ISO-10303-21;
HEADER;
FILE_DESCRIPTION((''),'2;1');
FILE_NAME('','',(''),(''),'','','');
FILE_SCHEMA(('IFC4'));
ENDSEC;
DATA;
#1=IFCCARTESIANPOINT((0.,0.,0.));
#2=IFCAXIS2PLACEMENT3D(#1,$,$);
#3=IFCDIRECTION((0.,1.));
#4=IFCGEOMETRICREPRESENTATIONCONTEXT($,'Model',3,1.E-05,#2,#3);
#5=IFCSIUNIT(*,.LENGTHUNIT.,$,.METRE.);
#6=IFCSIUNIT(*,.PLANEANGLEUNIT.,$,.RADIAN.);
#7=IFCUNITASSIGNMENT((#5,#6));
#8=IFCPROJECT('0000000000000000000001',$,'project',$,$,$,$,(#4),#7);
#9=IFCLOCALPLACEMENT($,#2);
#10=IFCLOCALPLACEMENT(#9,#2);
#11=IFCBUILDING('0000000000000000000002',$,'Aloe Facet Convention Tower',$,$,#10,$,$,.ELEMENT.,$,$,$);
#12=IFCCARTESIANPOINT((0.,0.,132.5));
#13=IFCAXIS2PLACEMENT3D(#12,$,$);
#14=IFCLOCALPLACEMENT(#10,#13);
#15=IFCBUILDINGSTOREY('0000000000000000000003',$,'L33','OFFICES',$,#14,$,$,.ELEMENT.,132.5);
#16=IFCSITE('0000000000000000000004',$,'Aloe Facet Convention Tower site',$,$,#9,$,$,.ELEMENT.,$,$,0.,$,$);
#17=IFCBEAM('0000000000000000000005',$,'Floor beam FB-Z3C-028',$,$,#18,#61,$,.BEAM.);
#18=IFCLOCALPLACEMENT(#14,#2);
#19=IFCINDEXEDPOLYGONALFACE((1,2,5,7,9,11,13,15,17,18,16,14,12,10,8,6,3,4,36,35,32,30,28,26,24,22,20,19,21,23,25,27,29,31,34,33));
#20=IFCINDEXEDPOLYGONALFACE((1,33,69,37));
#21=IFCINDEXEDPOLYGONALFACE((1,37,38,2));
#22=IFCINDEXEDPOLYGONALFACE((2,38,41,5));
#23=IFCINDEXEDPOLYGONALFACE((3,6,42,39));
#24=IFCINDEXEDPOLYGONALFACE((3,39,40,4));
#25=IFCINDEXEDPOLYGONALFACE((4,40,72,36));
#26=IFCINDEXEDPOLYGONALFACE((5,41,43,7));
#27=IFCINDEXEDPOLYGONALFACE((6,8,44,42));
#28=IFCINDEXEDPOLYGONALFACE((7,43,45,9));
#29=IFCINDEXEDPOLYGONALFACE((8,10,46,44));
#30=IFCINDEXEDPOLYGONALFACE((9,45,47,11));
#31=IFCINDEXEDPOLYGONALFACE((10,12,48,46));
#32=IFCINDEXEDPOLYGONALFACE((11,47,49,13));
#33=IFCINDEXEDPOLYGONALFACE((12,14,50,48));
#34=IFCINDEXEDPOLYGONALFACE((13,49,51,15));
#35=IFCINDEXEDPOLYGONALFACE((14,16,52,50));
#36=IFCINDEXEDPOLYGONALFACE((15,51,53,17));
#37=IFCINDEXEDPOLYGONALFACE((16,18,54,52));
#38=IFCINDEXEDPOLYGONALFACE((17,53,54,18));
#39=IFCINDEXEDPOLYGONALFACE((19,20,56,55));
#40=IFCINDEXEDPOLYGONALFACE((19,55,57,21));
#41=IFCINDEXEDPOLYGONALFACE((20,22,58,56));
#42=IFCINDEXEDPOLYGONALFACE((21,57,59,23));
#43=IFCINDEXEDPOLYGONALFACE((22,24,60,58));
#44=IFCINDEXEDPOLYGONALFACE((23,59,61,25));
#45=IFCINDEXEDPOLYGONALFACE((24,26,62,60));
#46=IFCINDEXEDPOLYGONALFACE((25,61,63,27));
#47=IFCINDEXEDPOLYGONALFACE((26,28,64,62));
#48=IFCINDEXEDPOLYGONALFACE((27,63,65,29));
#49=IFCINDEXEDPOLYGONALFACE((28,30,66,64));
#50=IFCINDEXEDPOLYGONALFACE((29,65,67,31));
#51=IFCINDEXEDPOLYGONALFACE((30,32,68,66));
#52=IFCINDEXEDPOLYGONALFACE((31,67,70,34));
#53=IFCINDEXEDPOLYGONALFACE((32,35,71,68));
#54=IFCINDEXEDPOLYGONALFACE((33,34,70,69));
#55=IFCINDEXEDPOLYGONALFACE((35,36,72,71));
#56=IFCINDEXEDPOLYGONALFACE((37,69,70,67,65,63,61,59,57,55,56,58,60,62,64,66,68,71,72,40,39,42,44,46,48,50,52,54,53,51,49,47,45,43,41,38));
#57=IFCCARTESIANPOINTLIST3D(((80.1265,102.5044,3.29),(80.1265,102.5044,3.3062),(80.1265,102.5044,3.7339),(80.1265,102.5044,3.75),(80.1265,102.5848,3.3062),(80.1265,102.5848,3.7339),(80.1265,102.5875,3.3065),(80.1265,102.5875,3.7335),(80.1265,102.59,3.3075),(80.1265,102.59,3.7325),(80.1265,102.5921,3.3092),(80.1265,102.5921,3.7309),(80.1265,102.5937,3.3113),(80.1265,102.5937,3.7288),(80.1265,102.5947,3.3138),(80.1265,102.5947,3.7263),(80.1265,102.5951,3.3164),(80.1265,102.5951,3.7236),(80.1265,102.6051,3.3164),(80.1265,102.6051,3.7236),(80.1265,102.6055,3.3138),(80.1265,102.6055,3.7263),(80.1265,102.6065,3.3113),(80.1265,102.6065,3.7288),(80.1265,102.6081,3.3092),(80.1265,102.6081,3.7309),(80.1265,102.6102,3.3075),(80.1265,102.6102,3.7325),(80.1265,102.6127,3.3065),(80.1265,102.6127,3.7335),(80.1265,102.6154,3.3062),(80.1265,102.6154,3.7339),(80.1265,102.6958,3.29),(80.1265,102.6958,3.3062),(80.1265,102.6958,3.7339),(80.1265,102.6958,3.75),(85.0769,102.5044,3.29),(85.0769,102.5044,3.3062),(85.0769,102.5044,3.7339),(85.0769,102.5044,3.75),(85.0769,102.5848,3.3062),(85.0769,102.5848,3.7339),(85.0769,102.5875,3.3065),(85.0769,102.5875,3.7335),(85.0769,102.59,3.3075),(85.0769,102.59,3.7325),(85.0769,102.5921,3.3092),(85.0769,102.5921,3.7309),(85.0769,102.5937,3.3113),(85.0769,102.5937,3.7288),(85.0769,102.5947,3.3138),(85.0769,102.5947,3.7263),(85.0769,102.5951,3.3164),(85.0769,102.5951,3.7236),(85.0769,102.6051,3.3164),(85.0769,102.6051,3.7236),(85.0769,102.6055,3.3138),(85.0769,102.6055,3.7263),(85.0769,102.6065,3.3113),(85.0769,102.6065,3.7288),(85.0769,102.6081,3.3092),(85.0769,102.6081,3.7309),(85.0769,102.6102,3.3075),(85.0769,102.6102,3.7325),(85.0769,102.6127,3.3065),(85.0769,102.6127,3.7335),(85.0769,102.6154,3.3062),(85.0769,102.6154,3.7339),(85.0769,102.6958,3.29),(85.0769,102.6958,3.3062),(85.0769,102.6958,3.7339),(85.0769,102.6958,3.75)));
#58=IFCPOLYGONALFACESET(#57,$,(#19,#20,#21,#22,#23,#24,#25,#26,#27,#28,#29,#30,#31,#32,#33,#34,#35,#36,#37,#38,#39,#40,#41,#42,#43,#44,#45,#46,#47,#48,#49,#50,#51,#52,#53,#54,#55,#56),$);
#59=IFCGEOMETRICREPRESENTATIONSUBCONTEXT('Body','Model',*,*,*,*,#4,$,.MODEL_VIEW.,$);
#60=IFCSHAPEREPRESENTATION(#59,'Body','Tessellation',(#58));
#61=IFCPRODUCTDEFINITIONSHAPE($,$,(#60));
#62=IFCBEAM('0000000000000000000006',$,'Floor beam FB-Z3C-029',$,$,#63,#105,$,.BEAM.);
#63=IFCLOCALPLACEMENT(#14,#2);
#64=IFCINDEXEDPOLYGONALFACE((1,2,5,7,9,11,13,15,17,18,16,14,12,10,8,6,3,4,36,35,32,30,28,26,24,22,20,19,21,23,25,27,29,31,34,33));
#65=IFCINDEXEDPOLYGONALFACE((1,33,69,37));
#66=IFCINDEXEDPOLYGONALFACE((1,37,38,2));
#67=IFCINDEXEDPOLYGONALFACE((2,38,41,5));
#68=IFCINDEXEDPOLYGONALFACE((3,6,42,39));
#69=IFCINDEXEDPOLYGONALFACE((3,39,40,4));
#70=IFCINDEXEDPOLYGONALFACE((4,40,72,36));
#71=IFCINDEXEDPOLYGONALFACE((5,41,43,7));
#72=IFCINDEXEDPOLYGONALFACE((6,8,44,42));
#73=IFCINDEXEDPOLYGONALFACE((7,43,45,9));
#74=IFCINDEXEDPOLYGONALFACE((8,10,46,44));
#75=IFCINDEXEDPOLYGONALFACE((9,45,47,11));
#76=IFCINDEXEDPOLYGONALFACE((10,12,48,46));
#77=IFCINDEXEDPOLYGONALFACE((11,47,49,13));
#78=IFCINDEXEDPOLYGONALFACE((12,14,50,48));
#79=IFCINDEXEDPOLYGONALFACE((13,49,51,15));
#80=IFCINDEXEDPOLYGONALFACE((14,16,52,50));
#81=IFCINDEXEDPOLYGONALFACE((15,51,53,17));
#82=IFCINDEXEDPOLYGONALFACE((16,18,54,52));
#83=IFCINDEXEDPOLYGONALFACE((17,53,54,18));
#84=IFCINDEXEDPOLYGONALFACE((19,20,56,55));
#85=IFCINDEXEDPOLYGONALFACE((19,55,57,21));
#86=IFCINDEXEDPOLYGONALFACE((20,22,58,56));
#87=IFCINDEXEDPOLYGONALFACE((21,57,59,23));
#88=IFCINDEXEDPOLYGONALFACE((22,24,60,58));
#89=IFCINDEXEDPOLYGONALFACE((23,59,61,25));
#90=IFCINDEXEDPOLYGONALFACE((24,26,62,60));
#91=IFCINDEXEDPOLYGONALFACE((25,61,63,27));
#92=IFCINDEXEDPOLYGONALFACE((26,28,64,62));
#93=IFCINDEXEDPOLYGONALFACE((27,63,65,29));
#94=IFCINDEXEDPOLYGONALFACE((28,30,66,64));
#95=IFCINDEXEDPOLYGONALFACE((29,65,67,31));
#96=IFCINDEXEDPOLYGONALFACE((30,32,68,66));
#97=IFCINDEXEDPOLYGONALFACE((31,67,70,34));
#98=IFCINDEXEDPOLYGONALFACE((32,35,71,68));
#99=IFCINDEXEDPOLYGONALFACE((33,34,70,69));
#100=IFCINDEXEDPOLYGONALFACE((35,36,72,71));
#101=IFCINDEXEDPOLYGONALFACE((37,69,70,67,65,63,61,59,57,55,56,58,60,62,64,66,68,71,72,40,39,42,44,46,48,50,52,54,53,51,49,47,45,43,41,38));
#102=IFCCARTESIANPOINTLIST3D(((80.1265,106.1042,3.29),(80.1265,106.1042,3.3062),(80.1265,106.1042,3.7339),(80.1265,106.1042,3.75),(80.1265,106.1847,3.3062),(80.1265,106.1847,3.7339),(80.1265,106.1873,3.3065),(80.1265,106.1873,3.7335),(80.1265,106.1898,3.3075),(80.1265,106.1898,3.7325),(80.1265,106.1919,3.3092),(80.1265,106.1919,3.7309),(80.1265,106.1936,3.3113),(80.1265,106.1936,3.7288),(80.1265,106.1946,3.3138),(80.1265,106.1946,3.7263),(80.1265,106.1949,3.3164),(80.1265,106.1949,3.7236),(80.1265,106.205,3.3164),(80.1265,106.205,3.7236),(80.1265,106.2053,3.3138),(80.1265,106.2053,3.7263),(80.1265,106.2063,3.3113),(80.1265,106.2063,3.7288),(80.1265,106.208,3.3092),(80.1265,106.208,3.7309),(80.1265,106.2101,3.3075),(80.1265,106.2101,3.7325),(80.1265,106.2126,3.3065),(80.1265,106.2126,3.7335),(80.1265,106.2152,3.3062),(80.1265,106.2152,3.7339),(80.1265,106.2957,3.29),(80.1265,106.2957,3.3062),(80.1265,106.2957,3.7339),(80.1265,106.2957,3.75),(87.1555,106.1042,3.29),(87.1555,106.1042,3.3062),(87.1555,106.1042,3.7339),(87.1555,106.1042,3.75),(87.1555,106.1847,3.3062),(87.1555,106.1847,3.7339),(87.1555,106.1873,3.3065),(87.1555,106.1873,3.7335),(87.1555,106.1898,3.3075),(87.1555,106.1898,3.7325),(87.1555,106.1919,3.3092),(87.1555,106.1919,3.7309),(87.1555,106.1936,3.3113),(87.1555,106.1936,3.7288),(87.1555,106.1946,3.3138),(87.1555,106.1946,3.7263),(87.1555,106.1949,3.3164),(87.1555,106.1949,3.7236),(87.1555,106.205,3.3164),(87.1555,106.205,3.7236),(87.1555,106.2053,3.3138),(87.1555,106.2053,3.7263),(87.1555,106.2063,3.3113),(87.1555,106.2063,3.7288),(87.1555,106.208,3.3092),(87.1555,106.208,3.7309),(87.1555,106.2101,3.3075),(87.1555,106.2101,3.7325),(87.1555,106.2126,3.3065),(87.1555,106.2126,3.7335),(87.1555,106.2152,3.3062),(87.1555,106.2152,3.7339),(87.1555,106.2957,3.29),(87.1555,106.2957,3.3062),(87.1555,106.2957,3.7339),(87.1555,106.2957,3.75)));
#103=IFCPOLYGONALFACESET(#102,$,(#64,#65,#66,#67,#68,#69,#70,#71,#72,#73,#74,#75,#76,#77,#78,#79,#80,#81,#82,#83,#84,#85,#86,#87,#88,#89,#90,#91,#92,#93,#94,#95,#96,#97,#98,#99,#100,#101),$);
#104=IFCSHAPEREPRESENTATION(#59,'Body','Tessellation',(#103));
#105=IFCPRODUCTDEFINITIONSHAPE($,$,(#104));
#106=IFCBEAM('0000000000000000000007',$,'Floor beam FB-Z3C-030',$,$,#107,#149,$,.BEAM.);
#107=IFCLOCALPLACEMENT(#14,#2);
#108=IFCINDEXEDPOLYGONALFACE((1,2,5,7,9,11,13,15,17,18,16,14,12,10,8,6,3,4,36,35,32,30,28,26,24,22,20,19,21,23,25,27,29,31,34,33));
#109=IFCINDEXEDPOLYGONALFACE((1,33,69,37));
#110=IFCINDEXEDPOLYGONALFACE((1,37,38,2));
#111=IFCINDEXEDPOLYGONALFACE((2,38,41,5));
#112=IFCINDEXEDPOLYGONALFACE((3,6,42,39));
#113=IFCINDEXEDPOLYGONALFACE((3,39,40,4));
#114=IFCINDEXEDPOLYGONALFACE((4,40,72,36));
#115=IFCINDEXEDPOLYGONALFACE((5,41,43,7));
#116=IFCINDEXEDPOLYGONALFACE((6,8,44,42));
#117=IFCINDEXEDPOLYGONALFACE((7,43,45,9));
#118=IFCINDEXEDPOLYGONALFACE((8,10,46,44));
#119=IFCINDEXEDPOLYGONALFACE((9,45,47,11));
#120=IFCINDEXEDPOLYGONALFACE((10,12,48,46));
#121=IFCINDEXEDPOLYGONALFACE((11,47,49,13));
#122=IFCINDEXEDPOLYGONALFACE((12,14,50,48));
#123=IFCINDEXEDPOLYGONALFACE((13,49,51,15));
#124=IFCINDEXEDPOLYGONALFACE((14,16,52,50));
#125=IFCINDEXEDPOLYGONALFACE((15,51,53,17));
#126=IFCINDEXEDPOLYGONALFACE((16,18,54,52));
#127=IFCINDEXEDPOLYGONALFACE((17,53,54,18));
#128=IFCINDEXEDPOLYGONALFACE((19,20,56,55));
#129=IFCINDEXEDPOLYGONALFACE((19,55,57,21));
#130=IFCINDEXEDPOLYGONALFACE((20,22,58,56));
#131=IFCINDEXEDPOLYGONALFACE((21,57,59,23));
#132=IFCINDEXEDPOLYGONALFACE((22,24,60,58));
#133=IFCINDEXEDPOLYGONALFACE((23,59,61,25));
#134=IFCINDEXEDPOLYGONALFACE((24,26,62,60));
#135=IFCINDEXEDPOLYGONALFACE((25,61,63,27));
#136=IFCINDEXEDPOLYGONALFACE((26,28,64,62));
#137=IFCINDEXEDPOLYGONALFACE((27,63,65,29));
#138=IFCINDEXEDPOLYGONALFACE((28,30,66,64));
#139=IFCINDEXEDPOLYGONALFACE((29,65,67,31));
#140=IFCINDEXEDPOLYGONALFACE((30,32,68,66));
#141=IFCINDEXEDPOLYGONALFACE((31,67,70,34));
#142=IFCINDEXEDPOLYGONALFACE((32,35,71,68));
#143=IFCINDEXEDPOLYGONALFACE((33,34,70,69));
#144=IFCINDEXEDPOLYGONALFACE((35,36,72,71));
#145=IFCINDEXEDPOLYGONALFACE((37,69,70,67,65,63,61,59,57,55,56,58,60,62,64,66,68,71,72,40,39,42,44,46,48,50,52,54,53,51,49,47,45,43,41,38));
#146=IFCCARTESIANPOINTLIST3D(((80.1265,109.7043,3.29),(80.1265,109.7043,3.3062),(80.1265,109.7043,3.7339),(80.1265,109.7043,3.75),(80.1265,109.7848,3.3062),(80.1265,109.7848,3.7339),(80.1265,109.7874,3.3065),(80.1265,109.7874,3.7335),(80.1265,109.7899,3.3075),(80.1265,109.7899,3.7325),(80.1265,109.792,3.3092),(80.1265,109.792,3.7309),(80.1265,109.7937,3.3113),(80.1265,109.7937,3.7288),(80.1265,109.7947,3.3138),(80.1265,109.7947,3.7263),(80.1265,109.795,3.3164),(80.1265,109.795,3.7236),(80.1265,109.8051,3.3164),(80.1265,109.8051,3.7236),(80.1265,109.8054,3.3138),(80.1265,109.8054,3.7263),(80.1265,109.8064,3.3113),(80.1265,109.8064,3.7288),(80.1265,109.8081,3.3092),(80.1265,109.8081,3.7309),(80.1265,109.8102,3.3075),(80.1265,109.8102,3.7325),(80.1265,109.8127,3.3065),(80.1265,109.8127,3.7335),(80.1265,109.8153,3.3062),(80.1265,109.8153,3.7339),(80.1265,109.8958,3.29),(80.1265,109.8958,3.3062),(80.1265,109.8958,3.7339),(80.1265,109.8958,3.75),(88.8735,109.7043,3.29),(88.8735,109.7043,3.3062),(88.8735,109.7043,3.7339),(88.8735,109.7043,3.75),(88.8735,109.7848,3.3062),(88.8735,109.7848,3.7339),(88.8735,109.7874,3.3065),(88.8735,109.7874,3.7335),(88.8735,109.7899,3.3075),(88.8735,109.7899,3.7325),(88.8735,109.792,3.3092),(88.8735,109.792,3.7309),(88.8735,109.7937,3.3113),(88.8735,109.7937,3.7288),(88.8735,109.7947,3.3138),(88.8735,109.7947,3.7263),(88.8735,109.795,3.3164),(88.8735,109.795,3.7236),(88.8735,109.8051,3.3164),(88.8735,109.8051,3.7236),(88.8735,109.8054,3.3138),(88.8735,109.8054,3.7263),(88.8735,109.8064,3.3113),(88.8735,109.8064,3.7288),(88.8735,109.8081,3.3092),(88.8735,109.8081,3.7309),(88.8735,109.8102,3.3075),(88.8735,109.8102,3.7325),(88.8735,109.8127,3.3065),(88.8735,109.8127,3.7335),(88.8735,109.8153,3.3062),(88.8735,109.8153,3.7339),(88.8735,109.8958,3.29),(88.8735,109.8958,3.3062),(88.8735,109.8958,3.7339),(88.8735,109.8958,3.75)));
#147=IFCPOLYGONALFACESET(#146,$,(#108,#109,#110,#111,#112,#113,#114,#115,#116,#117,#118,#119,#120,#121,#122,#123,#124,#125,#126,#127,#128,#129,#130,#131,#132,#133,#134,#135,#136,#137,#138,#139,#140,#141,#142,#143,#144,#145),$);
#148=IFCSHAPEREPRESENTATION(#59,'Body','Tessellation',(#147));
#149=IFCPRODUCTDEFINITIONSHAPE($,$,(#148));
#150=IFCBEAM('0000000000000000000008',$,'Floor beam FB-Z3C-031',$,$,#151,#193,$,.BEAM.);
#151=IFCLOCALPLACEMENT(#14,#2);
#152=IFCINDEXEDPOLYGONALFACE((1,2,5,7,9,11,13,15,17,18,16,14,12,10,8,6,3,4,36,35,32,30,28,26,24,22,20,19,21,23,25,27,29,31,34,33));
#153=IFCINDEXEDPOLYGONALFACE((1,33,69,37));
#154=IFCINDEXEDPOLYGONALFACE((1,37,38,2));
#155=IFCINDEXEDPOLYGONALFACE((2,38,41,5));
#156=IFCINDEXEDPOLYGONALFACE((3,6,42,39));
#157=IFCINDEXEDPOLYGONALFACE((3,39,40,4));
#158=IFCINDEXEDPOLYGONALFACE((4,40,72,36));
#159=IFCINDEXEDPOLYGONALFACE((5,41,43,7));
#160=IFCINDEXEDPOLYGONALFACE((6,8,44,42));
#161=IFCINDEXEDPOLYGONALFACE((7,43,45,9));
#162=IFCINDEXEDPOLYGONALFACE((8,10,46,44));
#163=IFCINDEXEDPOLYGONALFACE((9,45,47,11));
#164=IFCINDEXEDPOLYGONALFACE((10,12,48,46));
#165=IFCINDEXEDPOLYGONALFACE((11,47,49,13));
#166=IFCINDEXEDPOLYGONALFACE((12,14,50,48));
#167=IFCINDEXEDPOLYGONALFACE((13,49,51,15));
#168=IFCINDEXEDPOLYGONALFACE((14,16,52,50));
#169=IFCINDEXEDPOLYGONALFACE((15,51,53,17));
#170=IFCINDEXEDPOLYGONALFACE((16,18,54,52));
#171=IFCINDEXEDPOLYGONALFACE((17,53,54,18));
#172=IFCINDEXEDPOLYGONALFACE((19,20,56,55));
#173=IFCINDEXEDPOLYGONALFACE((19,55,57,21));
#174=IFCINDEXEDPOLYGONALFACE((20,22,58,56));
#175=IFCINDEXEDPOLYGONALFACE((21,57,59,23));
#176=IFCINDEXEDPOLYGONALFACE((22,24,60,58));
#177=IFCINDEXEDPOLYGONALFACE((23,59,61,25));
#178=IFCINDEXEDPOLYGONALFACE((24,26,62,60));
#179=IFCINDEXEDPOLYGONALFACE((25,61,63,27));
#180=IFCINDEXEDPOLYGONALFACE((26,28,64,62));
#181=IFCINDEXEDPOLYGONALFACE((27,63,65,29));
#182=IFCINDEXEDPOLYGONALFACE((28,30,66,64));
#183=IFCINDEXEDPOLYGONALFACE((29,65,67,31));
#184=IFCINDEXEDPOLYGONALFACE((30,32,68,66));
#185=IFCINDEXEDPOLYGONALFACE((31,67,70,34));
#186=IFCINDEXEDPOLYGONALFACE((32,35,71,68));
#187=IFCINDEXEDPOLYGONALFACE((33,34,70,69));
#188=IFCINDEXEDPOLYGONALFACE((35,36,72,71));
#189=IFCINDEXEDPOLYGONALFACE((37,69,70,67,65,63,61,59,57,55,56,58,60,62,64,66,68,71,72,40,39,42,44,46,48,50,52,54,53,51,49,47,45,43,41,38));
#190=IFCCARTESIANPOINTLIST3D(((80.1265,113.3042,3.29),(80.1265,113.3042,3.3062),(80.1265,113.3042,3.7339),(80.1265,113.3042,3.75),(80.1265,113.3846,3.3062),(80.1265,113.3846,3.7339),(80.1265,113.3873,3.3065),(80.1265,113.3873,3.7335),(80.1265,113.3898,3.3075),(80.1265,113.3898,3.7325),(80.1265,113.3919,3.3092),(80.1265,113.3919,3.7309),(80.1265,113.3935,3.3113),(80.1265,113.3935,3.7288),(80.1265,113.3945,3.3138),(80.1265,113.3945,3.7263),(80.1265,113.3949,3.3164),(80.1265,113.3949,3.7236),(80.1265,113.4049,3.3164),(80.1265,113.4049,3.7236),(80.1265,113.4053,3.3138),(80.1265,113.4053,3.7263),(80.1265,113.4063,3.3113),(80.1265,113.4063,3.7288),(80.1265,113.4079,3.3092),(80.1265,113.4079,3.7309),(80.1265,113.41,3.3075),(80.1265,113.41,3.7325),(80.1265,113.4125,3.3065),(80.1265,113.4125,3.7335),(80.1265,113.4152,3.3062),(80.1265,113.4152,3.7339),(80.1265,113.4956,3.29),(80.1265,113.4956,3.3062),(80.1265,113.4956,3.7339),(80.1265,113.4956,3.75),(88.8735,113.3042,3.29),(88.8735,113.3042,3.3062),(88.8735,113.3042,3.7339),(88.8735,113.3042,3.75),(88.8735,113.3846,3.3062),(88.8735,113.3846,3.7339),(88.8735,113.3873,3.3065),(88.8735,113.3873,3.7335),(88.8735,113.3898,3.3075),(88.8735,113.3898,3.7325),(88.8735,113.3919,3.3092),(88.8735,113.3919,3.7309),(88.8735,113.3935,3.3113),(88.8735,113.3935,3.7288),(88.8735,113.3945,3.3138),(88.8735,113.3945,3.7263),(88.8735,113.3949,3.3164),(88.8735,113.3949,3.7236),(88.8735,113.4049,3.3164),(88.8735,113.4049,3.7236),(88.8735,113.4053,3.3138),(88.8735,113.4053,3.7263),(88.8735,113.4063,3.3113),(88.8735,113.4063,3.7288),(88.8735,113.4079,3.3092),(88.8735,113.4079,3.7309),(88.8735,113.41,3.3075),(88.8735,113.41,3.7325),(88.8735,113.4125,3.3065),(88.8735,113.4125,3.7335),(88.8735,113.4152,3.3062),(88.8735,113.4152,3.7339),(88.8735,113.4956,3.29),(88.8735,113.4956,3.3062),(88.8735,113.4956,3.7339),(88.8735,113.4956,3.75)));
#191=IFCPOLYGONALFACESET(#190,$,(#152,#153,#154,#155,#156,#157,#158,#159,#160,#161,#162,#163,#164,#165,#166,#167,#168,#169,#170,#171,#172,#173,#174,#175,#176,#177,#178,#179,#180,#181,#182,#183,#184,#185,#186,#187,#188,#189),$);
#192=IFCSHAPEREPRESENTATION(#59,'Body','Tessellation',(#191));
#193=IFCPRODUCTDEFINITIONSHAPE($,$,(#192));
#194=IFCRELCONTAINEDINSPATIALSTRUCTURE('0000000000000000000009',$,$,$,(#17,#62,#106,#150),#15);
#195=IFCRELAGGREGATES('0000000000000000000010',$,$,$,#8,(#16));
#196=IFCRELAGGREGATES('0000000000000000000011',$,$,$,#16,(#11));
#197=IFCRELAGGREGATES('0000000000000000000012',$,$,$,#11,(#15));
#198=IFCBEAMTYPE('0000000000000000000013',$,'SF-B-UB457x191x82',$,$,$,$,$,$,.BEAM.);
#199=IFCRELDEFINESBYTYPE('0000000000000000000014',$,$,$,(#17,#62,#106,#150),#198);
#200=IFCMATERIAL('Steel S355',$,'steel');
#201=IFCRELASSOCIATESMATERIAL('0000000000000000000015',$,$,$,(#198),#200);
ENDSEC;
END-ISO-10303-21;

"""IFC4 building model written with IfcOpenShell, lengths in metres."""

from ifc_helpers import new_model, si_unit, direction, frame, origin, origin_2d, place, context, subcontext, project, spatial, i_section, extrude, material, material_profile, profile_set, type_object, element, save


model = new_model("IFC4")

# Units and contexts
model_context = context("Model", 3, precision=1e-05, world=origin(), true_north=direction((0.0, 1.0)))
body_context = subcontext(model_context, "Body", "Model", "MODEL_VIEW")
ifc_project = project(units=[si_unit("LENGTHUNIT", "METRE"), si_unit("PLANEANGLEUNIT", "RADIAN")], contexts=[model_context])

# Site, building, storey
site_placement = place(None, origin())
site = spatial("IfcSite", under=ifc_project, at=site_placement, Name="Aloe Facet Convention Tower site", CompositionType="ELEMENT", RefElevation=0.0)
building_placement = place(site_placement, origin())
building = spatial("IfcBuilding", under=site, at=building_placement, Name="Aloe Facet Convention Tower", CompositionType="ELEMENT")
storey_placement = place(building_placement, frame((0.0, 0.0, 132.5)))
storey = spatial("IfcBuildingStorey", under=building, at=storey_placement, Name="L33", Description="OFFICES", CompositionType="ELEMENT", Elevation=132.5)

# Beams
ifc_material_1 = material(Name="Steel S355", Category="steel")
ifc_material_profile_1 = material_profile(ifc_material_1, i_section(OverallWidth=0.1914, OverallDepth=0.46, WebThickness=0.01, FlangeThickness=0.0161, FilletRadius=0.0103, at=origin_2d()), Name="UB 457x191x82")
ifc_profile_set_1 = profile_set([ifc_material_profile_1], Name="Steel S355")
beam_type_1 = type_object("IfcBeamType", Name="SF-B-UB457x191x82", PredefinedType="BEAM", material=ifc_profile_set_1)
beam_1_placement = place(storey_placement, frame((80.1265, 102.6001, 3.52), z_axis=(1.0, 0.0, 0.0), x_axis=(0.0, 1.0, 0.0)))
element("IfcBeam", 1, at=beam_1_placement, inside=storey, type_object=beam_type_1, Name="Floor beam FB-Z3C-028", PredefinedType="BEAM", context=body_context, shape_type="SweptSolid", body=[
    extrude(i_section(OverallWidth=0.1914, OverallDepth=0.46, WebThickness=0.01, FlangeThickness=0.0161, FilletRadius=0.0103, at=origin_2d()), origin(), (0.0, 0.0, 1.0), 4.9504),
])
beam_2_placement = place(storey_placement, frame((80.1265, 106.2, 3.52), z_axis=(1.0, 0.0, 0.0), x_axis=(0.0, 1.0, 0.0)))
element("IfcBeam", 2, at=beam_2_placement, inside=storey, type_object=beam_type_1, Name="Floor beam FB-Z3C-029", PredefinedType="BEAM", context=body_context, shape_type="SweptSolid", body=[
    extrude(i_section(OverallWidth=0.1914, OverallDepth=0.46, WebThickness=0.01, FlangeThickness=0.0161, FilletRadius=0.0103, at=origin_2d()), origin(), (0.0, 0.0, 1.0), 7.0291),
])
for number, where, z_axis, x_axis, name in (
    (3, (80.1265, 109.8, 3.52), (1.0, 0.0, 0.0), (0.0, 1.0, 0.0), "Floor beam FB-Z3C-030"),
    (4, (80.1265, 113.3999, 3.52), (1.0, 0.0, 0.0), (0.0, 1.0, 0.0), "Floor beam FB-Z3C-031"),
):
    element("IfcBeam", number, at=place(storey_placement, frame(where, z_axis=z_axis, x_axis=x_axis)), inside=storey, type_object=beam_type_1, Name=name, PredefinedType="BEAM", context=body_context, shape_type="SweptSolid", body=[
        extrude(i_section(OverallWidth=0.1914, OverallDepth=0.46, WebThickness=0.01, FlangeThickness=0.0161, FilletRadius=0.0103, at=origin_2d()), origin(), (0.0, 0.0, 1.0), 8.7471),
    ])

save(model, "model.ifc")
